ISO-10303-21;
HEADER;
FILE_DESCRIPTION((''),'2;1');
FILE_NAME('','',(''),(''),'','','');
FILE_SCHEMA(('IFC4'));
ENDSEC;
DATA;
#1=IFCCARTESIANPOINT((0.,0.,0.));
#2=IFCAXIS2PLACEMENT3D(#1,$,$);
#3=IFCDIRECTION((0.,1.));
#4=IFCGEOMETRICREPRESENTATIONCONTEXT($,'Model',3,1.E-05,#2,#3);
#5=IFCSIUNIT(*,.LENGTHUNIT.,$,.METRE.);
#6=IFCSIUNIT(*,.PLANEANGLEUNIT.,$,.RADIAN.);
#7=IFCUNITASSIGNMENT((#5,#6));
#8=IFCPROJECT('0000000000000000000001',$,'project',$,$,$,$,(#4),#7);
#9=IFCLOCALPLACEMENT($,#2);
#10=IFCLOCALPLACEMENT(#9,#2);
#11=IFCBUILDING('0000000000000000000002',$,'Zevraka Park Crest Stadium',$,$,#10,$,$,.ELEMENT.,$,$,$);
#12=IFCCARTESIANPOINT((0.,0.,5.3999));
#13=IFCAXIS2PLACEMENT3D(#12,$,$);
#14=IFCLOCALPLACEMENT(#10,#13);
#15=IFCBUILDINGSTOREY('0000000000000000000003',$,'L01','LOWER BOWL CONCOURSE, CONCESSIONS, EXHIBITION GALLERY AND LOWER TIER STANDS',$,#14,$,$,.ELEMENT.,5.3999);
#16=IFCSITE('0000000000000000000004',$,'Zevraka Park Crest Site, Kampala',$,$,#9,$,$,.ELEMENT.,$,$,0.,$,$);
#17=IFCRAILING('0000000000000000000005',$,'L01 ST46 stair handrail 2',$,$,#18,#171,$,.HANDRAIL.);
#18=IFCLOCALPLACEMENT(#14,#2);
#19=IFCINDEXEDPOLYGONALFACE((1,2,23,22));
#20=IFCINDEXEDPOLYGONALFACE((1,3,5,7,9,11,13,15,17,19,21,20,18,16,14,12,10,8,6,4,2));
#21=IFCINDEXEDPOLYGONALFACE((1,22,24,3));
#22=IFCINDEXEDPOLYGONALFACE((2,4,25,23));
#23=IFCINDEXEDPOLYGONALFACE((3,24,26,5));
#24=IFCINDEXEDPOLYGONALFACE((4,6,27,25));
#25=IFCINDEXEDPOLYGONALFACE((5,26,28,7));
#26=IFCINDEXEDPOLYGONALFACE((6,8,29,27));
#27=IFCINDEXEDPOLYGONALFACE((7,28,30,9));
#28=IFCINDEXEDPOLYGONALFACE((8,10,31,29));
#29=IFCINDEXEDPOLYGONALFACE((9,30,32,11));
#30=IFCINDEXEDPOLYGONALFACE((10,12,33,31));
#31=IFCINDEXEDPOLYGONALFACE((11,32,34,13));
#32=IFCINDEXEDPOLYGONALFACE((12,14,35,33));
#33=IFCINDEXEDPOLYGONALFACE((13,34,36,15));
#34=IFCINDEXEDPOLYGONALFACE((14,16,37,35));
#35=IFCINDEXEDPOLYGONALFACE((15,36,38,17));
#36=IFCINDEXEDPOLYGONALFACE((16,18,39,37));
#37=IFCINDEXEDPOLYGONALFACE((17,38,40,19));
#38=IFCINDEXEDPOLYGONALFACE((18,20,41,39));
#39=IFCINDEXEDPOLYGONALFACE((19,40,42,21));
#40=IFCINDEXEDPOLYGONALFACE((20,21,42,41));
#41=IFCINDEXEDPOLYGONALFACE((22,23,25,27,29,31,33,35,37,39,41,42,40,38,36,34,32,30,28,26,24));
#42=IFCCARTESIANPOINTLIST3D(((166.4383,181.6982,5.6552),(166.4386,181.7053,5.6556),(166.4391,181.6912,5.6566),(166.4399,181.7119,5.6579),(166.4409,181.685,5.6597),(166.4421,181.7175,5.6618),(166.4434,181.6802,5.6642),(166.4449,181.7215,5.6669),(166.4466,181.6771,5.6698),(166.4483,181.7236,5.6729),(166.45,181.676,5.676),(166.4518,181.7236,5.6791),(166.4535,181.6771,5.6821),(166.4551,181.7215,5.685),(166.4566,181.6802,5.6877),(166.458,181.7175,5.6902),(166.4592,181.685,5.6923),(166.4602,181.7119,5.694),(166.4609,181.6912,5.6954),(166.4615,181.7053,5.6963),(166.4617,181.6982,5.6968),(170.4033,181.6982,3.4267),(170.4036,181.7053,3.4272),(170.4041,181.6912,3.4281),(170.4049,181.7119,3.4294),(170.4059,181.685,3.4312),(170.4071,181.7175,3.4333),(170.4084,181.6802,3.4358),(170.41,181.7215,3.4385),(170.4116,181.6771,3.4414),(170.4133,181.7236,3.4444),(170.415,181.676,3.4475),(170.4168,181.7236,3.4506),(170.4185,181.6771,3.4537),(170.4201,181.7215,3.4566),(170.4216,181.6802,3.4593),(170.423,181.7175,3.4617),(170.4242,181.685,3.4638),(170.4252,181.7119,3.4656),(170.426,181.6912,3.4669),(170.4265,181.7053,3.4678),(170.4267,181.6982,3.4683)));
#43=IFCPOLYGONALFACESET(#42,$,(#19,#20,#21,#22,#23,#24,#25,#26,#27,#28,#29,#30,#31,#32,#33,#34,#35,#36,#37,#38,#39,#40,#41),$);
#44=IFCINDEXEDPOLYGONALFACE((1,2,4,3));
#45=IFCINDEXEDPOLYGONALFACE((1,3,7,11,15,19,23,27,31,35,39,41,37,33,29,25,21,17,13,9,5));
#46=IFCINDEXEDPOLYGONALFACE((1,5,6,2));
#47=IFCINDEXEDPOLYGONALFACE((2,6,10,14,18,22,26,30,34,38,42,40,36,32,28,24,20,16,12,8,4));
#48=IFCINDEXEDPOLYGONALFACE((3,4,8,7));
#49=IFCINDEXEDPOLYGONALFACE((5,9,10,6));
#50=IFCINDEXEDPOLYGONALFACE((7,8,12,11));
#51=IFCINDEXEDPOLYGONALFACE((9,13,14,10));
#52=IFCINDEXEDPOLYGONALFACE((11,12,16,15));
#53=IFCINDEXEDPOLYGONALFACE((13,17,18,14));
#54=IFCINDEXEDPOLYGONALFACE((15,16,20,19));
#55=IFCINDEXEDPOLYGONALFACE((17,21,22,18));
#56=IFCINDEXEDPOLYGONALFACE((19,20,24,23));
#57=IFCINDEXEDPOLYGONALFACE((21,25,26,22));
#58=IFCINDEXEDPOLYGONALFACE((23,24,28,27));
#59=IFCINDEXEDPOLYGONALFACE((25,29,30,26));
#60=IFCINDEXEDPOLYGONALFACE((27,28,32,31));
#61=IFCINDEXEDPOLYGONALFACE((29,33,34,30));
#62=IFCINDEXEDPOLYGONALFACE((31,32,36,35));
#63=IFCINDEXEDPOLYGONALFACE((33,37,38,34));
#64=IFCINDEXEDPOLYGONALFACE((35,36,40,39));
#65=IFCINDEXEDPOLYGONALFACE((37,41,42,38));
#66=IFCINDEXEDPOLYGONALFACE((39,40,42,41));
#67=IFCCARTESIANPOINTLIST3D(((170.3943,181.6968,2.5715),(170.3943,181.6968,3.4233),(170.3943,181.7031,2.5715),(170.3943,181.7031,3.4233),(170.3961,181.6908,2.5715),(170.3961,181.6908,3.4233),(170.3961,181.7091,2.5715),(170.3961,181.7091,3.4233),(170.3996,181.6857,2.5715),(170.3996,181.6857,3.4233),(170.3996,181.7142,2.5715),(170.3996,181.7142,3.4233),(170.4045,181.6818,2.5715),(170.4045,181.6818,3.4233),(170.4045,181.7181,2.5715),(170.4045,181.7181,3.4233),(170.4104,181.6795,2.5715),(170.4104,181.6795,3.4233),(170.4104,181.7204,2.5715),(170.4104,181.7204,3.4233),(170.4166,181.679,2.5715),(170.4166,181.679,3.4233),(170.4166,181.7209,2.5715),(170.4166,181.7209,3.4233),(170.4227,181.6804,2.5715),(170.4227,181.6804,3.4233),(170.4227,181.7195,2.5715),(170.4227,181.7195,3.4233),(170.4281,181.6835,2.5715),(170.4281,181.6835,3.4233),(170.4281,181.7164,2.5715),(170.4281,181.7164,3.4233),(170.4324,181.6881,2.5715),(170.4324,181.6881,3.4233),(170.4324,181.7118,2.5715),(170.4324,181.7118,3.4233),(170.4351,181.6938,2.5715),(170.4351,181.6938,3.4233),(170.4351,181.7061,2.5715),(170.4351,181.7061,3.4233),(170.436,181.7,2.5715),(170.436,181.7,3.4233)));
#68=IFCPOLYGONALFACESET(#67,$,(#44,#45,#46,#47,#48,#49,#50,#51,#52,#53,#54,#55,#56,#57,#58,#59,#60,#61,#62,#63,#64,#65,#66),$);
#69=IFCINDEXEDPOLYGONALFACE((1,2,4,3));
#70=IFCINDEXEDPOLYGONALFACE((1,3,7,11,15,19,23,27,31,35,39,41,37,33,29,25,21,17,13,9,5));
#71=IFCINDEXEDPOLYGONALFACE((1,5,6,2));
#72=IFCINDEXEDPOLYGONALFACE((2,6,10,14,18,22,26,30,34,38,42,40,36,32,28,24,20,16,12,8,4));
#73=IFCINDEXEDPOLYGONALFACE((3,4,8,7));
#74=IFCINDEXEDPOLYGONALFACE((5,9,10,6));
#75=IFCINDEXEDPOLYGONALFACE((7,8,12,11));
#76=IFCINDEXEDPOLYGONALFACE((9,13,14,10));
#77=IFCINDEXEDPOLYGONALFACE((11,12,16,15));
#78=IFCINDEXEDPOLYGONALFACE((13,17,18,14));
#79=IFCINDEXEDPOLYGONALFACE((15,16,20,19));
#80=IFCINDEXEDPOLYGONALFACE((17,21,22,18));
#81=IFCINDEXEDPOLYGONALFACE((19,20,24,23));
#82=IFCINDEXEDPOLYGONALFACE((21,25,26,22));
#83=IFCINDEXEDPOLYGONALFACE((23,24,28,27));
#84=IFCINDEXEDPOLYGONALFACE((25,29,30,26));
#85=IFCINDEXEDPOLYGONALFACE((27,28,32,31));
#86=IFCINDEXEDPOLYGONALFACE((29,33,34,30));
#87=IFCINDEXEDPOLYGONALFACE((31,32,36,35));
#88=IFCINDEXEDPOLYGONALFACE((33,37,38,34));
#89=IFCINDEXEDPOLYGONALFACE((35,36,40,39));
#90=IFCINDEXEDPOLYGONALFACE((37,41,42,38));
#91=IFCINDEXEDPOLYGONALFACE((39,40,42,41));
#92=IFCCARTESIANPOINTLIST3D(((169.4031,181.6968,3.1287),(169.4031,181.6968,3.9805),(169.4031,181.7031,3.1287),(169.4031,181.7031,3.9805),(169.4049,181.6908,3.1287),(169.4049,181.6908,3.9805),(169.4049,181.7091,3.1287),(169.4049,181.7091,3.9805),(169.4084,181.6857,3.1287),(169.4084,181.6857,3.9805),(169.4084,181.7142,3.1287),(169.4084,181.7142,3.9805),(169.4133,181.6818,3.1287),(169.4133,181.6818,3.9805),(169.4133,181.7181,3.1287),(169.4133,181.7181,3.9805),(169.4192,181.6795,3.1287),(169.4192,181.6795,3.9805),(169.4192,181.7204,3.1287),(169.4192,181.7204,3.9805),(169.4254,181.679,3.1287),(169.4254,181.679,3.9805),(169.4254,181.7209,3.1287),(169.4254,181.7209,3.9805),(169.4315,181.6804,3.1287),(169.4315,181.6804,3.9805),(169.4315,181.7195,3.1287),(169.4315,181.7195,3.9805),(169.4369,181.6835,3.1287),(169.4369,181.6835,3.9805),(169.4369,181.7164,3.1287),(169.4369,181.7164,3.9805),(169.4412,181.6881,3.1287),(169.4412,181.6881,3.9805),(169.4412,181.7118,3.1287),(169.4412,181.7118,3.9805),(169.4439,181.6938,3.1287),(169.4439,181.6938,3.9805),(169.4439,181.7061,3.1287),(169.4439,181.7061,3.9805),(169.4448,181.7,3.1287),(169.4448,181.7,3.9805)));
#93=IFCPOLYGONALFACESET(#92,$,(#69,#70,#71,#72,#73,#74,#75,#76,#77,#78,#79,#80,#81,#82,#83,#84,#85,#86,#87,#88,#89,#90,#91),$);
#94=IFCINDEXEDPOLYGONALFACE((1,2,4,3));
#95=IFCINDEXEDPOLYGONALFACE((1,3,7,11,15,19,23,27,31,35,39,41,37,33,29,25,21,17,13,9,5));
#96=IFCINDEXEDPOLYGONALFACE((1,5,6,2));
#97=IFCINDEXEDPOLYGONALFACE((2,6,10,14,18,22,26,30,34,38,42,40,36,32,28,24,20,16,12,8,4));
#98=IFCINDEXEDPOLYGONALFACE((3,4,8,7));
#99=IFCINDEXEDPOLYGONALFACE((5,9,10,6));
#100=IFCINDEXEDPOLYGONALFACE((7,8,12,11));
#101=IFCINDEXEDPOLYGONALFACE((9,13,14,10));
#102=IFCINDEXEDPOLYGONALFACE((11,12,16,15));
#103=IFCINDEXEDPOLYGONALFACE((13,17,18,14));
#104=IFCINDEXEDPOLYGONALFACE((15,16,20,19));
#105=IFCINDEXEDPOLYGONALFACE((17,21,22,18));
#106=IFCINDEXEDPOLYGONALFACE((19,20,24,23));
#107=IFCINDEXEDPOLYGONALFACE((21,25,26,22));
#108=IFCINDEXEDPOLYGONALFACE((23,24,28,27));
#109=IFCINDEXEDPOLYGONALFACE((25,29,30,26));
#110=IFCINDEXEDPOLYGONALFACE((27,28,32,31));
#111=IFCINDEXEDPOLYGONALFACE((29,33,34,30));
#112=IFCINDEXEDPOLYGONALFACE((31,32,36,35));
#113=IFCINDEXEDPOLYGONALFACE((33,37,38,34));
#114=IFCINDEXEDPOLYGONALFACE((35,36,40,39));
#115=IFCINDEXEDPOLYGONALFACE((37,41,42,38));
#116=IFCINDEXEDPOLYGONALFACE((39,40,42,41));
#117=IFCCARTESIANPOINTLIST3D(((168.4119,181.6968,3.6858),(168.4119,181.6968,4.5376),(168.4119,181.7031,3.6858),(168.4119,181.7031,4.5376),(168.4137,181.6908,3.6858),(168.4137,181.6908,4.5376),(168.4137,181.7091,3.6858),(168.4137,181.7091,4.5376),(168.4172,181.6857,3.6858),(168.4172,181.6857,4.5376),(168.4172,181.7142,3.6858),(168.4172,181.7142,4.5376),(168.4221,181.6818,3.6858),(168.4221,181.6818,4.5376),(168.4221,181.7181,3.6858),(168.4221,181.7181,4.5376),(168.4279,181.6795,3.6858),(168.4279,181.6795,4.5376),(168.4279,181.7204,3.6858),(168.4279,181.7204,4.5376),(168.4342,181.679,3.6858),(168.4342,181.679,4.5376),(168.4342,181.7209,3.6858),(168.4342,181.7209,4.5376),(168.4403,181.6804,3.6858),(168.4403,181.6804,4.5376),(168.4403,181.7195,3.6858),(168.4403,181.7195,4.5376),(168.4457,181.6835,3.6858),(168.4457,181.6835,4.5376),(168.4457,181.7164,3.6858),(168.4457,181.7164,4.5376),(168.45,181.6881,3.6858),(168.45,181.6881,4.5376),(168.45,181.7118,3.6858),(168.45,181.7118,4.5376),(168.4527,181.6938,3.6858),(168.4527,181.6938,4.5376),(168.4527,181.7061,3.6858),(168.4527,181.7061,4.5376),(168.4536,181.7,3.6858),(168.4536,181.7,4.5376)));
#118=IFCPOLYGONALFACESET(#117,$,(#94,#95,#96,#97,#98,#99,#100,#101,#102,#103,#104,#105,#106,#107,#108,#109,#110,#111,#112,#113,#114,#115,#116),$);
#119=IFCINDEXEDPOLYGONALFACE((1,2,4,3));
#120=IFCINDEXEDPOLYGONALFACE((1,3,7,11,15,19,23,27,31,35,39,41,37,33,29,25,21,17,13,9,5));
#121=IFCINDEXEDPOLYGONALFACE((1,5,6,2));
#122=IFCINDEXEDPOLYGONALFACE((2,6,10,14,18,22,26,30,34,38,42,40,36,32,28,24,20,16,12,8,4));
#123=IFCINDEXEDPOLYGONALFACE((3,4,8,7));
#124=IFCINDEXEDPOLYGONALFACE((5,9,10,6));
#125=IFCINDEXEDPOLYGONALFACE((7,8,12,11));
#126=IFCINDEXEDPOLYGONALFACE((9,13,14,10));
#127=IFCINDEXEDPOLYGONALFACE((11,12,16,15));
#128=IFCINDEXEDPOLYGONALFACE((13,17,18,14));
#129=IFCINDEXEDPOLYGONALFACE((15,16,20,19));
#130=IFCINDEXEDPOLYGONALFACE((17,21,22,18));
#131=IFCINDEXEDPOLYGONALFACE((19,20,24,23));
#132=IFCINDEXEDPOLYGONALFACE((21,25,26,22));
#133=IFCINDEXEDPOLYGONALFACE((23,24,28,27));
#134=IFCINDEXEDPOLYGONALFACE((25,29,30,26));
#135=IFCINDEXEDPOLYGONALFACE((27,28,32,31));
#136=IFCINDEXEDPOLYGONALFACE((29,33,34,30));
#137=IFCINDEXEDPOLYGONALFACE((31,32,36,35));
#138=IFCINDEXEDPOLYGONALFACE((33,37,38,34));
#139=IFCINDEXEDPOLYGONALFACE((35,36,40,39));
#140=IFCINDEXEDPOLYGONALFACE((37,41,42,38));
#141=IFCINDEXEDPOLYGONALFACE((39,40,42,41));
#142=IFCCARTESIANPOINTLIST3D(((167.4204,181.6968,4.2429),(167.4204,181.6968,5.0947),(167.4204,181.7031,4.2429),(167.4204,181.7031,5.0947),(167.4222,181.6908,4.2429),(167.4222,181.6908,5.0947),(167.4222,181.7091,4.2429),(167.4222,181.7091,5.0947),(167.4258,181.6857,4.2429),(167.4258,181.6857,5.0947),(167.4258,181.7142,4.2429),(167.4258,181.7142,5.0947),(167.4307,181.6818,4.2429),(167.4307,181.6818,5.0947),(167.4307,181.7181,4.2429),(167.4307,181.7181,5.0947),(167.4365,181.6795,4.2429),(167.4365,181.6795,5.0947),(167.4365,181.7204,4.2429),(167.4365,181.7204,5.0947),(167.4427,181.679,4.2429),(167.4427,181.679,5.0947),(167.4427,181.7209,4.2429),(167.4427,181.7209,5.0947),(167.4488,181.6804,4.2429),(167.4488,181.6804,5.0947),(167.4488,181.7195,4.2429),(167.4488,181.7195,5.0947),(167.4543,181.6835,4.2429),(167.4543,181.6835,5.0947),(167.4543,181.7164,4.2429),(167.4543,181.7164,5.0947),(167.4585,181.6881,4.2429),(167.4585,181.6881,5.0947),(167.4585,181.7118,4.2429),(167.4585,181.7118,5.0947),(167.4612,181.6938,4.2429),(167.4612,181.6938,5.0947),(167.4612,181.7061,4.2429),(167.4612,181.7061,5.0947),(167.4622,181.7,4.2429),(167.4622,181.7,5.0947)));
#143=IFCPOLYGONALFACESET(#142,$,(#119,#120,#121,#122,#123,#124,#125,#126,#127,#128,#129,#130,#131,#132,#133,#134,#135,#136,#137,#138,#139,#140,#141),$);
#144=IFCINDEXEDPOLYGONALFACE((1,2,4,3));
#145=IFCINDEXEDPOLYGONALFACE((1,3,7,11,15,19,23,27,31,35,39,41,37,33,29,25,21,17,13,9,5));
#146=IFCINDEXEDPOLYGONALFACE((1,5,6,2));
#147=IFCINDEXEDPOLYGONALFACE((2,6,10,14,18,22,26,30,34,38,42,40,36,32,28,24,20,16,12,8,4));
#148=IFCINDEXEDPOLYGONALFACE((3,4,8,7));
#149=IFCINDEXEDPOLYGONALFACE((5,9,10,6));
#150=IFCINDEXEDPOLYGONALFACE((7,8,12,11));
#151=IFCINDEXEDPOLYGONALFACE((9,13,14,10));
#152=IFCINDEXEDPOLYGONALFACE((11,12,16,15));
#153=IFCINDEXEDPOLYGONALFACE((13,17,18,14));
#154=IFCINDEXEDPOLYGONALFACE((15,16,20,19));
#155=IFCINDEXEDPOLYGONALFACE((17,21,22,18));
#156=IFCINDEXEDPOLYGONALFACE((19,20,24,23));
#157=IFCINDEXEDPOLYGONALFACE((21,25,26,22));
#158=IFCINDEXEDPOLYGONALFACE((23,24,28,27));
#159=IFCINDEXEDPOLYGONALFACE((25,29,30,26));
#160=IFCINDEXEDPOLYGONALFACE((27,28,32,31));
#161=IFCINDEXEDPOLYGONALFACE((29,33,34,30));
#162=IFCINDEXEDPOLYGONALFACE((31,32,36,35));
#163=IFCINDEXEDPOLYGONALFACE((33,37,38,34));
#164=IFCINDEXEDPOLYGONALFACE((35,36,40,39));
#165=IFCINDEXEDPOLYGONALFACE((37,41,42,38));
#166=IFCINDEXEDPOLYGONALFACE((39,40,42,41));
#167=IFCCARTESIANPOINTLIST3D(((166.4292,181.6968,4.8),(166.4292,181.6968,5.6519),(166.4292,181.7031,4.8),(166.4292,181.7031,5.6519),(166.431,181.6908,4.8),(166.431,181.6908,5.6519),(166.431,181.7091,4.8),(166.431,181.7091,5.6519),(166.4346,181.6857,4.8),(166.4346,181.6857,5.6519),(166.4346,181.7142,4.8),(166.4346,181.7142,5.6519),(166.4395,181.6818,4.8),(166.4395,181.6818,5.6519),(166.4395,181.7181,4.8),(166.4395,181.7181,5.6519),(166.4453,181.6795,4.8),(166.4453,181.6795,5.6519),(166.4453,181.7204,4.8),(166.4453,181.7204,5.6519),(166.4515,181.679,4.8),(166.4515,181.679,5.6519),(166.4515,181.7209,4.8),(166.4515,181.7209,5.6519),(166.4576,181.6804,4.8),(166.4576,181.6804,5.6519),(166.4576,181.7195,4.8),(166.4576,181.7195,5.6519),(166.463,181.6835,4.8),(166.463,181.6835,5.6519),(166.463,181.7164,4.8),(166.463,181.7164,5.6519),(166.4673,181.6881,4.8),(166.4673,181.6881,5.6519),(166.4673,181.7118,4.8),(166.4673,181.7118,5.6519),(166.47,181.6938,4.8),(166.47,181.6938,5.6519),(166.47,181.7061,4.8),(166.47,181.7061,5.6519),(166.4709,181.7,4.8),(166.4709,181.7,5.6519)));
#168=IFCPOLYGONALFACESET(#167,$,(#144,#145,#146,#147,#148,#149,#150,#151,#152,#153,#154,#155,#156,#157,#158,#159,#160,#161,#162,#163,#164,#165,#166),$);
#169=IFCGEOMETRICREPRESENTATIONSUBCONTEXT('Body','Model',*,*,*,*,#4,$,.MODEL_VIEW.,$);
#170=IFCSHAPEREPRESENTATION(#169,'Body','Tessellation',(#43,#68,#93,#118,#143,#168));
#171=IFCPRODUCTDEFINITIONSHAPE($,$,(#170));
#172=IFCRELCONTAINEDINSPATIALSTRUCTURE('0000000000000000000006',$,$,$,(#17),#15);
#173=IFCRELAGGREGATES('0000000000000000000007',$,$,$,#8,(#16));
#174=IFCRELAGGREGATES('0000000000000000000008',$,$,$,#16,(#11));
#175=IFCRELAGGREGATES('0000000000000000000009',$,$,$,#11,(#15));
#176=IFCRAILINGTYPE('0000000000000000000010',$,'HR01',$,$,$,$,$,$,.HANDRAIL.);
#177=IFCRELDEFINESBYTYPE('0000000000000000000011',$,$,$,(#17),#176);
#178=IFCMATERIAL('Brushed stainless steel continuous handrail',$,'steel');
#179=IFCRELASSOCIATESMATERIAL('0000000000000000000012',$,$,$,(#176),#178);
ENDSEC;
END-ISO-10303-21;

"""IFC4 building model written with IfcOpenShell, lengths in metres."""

from ifc_helpers import new_model, si_unit, direction, frame, origin, origin_2d, place, context, subcontext, project, spatial, circle, extrude, material, type_object, element, save


model = new_model("IFC4")

# Units and contexts
model_context = context("Model", 3, precision=1e-05, world=origin(), true_north=direction((0.0, 1.0)))
body_context = subcontext(model_context, "Body", "Model", "MODEL_VIEW")
ifc_project = project(units=[si_unit("LENGTHUNIT", "METRE"), si_unit("PLANEANGLEUNIT", "RADIAN")], contexts=[model_context])

# Site, building, storey
site_placement = place(None, origin())
site = spatial("IfcSite", under=ifc_project, at=site_placement, Name="Zevraka Park Crest Site, Kampala", CompositionType="ELEMENT", RefElevation=0.0)
building_placement = place(site_placement, origin())
building = spatial("IfcBuilding", under=site, at=building_placement, Name="Zevraka Park Crest Stadium", CompositionType="ELEMENT")
storey_placement = place(building_placement, frame((0.0, 0.0, 5.3999)))
storey = spatial("IfcBuildingStorey", under=building, at=storey_placement, Name="L01", Description="LOWER BOWL CONCOURSE, CONCESSIONS, EXHIBITION GALLERY AND LOWER TIER STANDS", CompositionType="ELEMENT", Elevation=5.3999)

# Railing
ifc_material_1 = material(Name="Brushed stainless steel continuous handrail", Category="steel")
railing_type_1 = type_object("IfcRailingType", Name="HR01", PredefinedType="HANDRAIL", material=ifc_material_1)
railing_1_placement = place(storey_placement, frame((170.415, 181.7, 2.5715)))
element("IfcRailing", 1, at=railing_1_placement, inside=storey, type_object=railing_type_1, Name="L01 ST46 stair handrail 2", PredefinedType="HANDRAIL", context=body_context, shape_type="SweptSolid", body=[
    extrude(circle(Radius=0.0239, at=origin_2d()), frame((0.0, 0.0, 0.876), z_axis=(-0.871749, 0.0, 0.489953), x_axis=(0.0, -1.0, 0.0)), (0.0, 0.0, 1.0), 4.5483),
    extrude(circle(Radius=0.021, at=origin_2d()), origin(), (0.0, 0.0, 1.0), 0.8518),
    extrude(circle(Radius=0.021, at=origin_2d()), frame((-0.9912, 0.0, 0.5571)), (0.0, 0.0, 1.0), 0.8518),
    extrude(circle(Radius=0.021, at=origin_2d()), frame((-1.9824, 0.0, 1.1143)), (0.0, 0.0, 1.0), 0.8518),
    extrude(circle(Radius=0.021, at=origin_2d()), frame((-2.9739, 0.0, 1.6714)), (0.0, 0.0, 1.0), 0.8518),
    extrude(circle(Radius=0.021, at=origin_2d()), frame((-3.9651, 0.0, 2.2285)), (0.0, 0.0, 1.0), 0.8518),
])

save(model, "model.ifc")
